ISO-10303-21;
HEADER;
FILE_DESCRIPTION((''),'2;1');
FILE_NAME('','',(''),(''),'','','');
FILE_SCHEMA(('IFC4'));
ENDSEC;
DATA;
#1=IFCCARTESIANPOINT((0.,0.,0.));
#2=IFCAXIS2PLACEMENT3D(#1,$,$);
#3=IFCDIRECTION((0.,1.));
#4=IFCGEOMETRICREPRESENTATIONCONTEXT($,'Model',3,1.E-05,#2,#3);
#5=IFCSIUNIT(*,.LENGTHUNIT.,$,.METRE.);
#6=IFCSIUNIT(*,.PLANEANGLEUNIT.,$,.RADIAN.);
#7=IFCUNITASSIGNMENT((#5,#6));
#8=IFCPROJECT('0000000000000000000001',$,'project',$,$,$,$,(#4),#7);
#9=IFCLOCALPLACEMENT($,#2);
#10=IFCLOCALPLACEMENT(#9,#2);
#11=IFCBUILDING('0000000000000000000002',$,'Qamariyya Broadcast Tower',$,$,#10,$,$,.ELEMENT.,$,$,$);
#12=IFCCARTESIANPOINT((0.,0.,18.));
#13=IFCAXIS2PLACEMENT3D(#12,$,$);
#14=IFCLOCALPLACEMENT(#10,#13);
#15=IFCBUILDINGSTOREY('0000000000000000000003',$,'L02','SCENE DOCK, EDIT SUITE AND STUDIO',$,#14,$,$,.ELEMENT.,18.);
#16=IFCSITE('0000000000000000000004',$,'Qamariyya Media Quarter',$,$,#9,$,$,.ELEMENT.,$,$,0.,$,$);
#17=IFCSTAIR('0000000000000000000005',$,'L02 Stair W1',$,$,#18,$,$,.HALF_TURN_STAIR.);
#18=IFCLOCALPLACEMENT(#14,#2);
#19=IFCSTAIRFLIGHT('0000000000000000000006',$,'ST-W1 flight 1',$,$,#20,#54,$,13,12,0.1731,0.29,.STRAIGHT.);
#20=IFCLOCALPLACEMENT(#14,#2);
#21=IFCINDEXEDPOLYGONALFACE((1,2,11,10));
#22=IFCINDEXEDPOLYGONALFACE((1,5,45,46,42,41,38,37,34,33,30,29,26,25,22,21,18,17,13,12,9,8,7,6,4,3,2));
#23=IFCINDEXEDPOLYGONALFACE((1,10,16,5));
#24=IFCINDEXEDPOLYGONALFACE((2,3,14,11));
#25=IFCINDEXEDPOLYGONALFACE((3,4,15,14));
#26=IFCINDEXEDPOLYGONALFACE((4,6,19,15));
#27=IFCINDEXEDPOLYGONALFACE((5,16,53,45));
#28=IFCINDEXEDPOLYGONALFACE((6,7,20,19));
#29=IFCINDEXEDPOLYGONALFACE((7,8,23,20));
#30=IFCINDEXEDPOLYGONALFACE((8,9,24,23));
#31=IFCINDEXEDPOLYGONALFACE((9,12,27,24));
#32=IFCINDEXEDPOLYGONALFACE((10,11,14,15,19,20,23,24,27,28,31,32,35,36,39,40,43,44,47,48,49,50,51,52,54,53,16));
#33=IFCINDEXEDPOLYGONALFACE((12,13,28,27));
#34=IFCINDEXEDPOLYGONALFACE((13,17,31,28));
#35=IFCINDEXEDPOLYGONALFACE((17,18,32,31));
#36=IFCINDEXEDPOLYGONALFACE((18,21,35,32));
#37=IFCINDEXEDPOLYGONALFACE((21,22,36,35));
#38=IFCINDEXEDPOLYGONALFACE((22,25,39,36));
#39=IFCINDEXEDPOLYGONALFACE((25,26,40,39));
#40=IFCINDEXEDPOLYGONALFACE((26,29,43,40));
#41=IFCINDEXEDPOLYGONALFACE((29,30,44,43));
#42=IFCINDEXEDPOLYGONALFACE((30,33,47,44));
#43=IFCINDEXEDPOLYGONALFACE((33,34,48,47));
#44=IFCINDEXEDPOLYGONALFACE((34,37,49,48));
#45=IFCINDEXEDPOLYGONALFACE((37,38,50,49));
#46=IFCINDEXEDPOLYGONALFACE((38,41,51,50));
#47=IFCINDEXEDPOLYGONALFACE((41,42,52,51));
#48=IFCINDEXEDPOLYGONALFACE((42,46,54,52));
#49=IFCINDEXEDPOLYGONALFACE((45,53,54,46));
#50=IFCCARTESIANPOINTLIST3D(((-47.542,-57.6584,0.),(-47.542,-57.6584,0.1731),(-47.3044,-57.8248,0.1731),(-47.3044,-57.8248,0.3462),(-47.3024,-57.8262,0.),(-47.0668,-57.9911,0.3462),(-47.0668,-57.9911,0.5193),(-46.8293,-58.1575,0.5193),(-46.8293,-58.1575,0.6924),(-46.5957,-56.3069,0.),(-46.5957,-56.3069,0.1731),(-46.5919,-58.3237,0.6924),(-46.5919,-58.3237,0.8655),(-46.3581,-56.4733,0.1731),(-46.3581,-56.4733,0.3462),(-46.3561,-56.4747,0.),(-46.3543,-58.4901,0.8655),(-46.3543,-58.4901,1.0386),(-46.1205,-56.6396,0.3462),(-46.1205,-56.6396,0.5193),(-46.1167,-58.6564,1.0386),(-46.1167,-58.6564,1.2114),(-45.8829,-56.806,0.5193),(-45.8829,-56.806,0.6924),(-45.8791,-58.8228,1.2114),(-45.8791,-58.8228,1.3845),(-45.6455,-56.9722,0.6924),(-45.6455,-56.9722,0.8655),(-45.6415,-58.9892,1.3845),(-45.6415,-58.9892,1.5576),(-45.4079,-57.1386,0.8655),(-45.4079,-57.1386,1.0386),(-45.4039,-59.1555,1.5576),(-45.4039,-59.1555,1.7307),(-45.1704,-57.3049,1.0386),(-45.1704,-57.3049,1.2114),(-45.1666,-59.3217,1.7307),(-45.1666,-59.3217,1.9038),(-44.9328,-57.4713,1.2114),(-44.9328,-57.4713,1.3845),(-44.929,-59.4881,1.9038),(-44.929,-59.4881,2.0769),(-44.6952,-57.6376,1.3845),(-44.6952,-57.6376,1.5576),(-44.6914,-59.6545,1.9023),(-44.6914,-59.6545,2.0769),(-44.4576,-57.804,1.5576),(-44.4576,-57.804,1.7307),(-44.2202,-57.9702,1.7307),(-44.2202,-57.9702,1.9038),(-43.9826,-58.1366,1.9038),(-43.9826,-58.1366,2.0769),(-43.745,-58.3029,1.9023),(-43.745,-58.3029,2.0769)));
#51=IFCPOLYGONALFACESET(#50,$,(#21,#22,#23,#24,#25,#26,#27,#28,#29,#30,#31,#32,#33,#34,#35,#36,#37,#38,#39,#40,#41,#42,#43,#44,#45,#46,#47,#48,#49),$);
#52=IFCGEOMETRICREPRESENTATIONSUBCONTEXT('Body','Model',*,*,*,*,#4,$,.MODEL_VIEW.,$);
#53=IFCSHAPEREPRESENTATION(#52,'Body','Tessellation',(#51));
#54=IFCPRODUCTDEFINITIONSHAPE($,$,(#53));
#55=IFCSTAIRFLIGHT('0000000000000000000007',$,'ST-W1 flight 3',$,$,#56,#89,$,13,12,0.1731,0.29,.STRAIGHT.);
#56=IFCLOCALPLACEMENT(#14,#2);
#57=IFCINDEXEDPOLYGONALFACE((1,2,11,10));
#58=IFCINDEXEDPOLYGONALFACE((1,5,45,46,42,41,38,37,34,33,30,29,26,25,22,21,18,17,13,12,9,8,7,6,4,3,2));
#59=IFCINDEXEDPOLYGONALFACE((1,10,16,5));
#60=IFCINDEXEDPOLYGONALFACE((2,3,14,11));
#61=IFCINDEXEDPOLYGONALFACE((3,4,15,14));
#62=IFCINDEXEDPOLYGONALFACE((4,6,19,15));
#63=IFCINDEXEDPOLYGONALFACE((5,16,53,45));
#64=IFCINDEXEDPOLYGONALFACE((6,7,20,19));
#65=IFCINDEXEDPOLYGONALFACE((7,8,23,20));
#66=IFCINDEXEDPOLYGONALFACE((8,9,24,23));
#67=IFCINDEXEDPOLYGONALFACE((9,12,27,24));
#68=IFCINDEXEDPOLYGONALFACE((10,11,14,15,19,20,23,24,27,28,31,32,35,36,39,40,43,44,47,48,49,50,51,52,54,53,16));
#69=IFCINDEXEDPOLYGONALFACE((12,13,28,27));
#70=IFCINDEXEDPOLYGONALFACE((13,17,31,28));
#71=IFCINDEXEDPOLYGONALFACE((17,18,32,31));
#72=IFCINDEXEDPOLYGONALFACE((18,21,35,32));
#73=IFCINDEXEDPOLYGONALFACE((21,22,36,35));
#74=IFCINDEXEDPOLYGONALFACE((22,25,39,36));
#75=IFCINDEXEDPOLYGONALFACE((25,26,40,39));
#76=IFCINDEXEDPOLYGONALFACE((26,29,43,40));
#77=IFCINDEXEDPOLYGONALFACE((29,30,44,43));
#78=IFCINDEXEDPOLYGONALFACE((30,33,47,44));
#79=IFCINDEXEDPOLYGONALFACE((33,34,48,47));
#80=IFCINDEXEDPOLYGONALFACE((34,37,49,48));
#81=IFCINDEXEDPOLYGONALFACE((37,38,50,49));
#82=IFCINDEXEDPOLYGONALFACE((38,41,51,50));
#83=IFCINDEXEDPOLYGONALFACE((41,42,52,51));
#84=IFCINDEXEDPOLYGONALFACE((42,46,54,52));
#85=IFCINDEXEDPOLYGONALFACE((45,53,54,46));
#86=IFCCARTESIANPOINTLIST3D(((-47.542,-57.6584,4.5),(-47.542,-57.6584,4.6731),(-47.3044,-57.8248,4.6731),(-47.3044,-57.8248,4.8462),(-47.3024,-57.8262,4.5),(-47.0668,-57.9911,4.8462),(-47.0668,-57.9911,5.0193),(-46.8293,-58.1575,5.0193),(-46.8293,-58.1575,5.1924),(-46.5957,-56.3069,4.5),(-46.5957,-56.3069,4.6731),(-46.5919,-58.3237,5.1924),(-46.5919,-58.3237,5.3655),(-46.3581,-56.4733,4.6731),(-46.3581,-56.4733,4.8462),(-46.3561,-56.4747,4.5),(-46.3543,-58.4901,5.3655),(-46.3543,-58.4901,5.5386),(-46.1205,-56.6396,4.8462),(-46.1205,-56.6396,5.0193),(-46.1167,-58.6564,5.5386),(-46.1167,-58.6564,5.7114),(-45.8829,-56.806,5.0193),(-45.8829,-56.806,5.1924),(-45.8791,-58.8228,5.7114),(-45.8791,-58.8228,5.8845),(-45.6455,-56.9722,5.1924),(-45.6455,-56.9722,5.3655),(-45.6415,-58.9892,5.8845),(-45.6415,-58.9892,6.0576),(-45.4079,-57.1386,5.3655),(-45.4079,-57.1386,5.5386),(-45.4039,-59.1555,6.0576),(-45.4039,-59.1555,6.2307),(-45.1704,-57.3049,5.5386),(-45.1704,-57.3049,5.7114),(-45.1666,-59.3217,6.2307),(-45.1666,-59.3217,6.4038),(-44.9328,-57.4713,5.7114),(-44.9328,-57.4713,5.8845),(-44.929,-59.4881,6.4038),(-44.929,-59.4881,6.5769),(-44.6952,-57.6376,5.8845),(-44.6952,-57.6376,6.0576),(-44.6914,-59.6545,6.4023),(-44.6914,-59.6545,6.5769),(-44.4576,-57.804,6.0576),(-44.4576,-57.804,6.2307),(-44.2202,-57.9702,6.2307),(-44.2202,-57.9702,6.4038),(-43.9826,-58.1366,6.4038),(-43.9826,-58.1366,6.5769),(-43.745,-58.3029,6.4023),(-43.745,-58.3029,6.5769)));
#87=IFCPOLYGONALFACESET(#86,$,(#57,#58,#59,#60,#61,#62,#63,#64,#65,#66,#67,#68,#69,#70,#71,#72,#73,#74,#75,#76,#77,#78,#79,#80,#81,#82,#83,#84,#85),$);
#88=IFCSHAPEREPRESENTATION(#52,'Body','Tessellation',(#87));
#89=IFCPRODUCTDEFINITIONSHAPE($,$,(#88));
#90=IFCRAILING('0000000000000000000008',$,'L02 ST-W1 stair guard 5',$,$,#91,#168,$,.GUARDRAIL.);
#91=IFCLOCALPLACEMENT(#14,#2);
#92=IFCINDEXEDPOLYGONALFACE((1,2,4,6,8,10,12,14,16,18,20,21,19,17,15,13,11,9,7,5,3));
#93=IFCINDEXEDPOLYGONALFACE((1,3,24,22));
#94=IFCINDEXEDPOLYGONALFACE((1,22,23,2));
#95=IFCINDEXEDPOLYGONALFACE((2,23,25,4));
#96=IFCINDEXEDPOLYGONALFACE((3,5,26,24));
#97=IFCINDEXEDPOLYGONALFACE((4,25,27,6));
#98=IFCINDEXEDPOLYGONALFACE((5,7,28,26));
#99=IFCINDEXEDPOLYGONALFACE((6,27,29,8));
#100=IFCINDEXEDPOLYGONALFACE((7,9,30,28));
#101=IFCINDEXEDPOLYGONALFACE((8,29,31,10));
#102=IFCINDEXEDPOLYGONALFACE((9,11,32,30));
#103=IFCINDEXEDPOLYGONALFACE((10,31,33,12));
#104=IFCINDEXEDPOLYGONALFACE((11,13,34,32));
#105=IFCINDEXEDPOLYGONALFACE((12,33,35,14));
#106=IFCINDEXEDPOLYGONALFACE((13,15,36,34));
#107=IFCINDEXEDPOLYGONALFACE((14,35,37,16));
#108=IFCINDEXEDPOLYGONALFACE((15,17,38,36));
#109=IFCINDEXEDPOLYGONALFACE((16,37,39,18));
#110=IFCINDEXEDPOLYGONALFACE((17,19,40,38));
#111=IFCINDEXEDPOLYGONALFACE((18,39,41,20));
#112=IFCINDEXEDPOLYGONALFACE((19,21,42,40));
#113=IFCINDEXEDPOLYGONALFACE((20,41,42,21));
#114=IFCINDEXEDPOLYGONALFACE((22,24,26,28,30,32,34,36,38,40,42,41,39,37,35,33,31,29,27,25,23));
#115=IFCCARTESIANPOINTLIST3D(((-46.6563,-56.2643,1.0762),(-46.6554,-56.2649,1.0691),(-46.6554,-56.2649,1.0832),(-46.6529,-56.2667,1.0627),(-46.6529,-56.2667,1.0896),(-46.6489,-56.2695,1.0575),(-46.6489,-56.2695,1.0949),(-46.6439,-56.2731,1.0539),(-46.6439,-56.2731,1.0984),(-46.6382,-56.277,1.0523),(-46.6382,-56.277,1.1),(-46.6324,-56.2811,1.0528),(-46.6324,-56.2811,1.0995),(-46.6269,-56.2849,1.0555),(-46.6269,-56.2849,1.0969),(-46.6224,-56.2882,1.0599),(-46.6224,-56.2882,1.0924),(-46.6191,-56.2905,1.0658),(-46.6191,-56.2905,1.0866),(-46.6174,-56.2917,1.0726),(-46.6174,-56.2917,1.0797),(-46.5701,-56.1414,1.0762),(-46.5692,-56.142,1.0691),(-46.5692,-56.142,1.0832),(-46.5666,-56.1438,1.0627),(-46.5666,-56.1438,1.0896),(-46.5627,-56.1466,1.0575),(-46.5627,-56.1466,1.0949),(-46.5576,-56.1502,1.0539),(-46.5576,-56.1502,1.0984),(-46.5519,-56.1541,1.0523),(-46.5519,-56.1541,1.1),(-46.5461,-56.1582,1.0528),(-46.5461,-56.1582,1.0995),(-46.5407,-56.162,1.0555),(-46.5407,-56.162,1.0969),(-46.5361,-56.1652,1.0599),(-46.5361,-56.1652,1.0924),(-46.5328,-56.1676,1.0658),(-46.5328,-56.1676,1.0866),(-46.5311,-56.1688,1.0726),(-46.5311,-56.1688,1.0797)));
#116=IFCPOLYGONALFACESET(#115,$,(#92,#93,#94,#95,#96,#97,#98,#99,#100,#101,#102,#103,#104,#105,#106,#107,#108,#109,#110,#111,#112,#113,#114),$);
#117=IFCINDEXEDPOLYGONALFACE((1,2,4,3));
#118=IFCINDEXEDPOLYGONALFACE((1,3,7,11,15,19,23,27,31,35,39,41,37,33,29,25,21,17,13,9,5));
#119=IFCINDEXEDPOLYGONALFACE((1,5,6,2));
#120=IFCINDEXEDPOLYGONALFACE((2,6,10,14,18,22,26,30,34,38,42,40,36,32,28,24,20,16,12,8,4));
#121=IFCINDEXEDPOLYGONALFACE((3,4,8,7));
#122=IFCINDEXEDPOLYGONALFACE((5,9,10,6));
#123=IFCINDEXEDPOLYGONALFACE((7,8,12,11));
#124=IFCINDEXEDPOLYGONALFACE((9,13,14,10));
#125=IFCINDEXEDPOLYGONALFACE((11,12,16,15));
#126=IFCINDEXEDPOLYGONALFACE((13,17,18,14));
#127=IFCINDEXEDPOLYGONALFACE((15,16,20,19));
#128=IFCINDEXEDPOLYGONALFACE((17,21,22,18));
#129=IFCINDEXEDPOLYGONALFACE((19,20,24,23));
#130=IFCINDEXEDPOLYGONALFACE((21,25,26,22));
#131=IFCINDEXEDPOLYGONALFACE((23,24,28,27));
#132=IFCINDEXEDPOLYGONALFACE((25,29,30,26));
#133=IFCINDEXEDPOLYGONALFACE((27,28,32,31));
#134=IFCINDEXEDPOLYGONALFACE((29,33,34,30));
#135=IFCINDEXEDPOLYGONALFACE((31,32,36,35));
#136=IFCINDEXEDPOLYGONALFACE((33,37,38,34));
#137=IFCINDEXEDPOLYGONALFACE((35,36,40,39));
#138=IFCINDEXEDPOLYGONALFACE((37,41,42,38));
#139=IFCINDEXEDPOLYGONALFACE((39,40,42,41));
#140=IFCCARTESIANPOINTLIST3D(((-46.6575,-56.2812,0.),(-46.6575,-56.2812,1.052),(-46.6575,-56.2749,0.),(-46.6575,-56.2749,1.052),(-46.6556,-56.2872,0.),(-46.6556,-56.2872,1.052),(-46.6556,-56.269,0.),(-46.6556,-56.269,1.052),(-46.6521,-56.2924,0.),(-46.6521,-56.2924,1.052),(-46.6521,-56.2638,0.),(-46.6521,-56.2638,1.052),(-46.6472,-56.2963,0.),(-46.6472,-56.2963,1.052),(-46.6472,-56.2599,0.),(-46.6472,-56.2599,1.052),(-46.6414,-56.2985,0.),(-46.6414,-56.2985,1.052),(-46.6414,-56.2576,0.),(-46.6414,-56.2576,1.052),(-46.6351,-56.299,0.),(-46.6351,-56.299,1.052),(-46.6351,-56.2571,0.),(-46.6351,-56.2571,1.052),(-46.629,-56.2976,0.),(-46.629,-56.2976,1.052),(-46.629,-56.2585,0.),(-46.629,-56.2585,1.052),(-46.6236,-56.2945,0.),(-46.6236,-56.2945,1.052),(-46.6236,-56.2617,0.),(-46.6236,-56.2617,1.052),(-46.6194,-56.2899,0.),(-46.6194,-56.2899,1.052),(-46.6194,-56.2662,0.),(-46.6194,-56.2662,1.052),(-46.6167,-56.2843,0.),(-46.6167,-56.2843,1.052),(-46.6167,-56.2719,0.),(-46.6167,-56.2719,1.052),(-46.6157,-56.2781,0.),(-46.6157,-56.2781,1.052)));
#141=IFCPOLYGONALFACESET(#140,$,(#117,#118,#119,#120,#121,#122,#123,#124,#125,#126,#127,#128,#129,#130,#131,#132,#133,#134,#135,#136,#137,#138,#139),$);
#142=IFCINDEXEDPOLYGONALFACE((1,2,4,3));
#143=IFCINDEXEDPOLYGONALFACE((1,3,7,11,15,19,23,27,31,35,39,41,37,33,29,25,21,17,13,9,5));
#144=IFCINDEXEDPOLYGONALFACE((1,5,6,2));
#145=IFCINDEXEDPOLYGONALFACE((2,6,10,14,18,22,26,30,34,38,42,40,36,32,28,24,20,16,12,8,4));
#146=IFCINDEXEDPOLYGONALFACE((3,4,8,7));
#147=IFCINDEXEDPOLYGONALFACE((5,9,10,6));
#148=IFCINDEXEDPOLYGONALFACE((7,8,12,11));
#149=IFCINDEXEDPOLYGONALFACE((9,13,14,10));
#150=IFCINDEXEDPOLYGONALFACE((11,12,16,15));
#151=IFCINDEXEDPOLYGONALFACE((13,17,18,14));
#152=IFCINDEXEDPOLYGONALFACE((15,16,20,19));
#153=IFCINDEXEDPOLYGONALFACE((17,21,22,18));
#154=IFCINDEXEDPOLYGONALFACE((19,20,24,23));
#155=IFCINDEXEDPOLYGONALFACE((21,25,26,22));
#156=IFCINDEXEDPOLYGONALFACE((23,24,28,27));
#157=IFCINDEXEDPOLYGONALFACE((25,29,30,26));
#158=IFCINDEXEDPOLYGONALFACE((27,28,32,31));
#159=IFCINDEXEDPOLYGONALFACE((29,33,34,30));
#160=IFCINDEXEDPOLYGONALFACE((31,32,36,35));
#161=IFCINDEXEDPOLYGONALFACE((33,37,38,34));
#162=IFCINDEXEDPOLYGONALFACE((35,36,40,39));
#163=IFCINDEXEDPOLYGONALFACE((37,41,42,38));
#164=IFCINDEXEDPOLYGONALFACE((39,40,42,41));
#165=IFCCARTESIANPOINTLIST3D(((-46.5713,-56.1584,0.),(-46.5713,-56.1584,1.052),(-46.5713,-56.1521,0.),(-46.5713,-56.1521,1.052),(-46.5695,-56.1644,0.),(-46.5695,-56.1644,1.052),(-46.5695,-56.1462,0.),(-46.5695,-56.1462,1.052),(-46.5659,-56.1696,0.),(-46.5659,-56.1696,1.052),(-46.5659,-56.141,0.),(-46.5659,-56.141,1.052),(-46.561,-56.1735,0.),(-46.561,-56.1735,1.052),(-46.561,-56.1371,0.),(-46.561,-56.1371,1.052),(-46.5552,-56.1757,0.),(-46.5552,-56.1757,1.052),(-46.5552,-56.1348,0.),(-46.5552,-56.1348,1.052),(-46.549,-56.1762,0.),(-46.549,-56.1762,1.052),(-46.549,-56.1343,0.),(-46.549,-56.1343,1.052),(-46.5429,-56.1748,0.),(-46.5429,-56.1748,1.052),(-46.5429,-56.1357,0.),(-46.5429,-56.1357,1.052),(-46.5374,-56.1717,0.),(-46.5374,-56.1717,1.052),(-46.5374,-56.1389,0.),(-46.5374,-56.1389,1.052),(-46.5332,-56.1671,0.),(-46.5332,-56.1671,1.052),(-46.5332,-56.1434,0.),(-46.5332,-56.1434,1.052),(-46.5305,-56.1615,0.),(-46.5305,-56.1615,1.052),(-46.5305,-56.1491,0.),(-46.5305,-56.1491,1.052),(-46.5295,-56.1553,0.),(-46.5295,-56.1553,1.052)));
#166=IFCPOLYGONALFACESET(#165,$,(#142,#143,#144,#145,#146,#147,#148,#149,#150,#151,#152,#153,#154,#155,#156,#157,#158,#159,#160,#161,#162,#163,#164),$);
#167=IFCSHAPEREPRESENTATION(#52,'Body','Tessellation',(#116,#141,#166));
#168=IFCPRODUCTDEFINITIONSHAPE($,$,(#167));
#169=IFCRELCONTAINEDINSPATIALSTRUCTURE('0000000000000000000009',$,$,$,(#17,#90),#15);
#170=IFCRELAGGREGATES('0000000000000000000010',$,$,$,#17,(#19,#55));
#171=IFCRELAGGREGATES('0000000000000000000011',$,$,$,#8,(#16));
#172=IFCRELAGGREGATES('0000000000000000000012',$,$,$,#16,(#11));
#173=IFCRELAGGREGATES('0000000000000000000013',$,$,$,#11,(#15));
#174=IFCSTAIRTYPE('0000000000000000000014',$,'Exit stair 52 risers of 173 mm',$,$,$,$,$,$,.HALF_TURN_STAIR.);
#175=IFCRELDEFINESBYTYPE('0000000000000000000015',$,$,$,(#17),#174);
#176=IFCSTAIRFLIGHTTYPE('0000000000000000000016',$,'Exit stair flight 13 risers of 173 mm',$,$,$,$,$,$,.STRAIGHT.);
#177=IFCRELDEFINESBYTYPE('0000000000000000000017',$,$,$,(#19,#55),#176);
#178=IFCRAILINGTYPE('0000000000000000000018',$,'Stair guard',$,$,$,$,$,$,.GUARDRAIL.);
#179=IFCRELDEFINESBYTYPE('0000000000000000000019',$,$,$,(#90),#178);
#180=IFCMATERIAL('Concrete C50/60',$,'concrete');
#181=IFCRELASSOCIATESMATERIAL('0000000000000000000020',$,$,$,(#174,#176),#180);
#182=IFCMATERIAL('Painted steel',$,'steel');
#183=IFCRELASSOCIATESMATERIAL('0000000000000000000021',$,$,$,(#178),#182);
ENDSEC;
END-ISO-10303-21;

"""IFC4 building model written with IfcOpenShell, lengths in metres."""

from ifc_helpers import new_model, si_unit, direction, frame, origin, origin_2d, place, context, subcontext, project, spatial, polyline, circle, outline, extrude, material, type_object, element, aggregate, save


model = new_model("IFC4")

# Units and contexts
model_context = context("Model", 3, precision=1e-05, world=origin(), true_north=direction((0.0, 1.0)))
body_context = subcontext(model_context, "Body", "Model", "MODEL_VIEW")
ifc_project = project(units=[si_unit("LENGTHUNIT", "METRE"), si_unit("PLANEANGLEUNIT", "RADIAN")], contexts=[model_context])

# Site, building, storey
site_placement = place(None, origin())
site = spatial("IfcSite", under=ifc_project, at=site_placement, Name="Qamariyya Media Quarter", CompositionType="ELEMENT", RefElevation=0.0)
building_placement = place(site_placement, origin())
building = spatial("IfcBuilding", under=site, at=building_placement, Name="Qamariyya Broadcast Tower", CompositionType="ELEMENT")
storey_placement = place(building_placement, frame((0.0, 0.0, 18.0)))
storey = spatial("IfcBuildingStorey", under=building, at=storey_placement, Name="L02", Description="SCENE DOCK, EDIT SUITE AND STUDIO", CompositionType="ELEMENT", Elevation=18.0)

# Shared definitions
ifc_material_1 = material(Name="Concrete C50/60", Category="concrete")

# Stair, stair flights
stair_type = type_object("IfcStairType", Name="Exit stair 52 risers of 173 mm", PredefinedType="HALF_TURN_STAIR", material=ifc_material_1)
stair_placement = place(storey_placement, origin())
stair = element("IfcStair", 1, at=stair_placement, inside=storey, type_object=stair_type, Name="L02 Stair W1", PredefinedType="HALF_TURN_STAIR")
stair_flight_type = type_object("IfcStairFlightType", Name="Exit stair flight 13 risers of 173 mm", PredefinedType="STRAIGHT", material=ifc_material_1)
stair_flight_1_placement = place(storey_placement, frame((-47.0688, -56.9827, 0.0), z_axis=(0.0, 0.0, 1.0), x_axis=(0.819152, -0.573576, 0.0)))
stair_flight_1 = element("IfcStairFlight", 2, at=stair_flight_1_placement, type_object=stair_flight_type, Name="ST-W1 flight 1", NumberOfRisers=13, NumberOfTreads=12, PredefinedType="STRAIGHT", RiserHeight=0.1731, TreadLength=0.29, context=body_context, shape_type="SweptSolid", body=[
    extrude(outline(polyline([(0.0, 0.0), (0.0, 0.1731), (0.29, 0.1731), (0.29, 0.3462), (0.5801, 0.3462), (0.5801, 0.5193), (0.8701, 0.5193), (0.8701, 0.6924), (1.1599, 0.6924), (1.1599, 0.8655), (1.45, 0.8655), (1.45, 1.0386), (1.74, 1.0386), (1.74, 1.2114), (2.03, 1.2114), (2.03, 1.3845), (2.3201, 1.3845), (2.3201, 1.5576), (2.6101, 1.5576), (2.6101, 1.7307), (2.8999, 1.7307), (2.8999, 1.9038), (3.1899, 1.9038), (3.1899, 2.0769), (3.48, 2.0769), (3.48, 2.25), (3.48, 1.9023), (0.2925, 0.0), (0.0, 0.0)])), frame((0.0, 0.825, 0.0), z_axis=(0.0, -1.0, 0.0), x_axis=(1.0, 0.0, 0.0)), (0.0, 0.0, 1.0), 1.6499),
])
stair_flight_2_placement = place(storey_placement, frame((-47.0688, -56.9827, 4.5), z_axis=(0.0, 0.0, 1.0), x_axis=(0.819152, -0.573576, 0.0)))
stair_flight_2 = element("IfcStairFlight", 3, at=stair_flight_2_placement, type_object=stair_flight_type, Name="ST-W1 flight 3", NumberOfRisers=13, NumberOfTreads=12, PredefinedType="STRAIGHT", RiserHeight=0.1731, TreadLength=0.29, context=body_context, shape_type="SweptSolid", body=[
    extrude(outline(polyline([(0.0, 0.0), (0.0, 0.1731), (0.29, 0.1731), (0.29, 0.3462), (0.5801, 0.3462), (0.5801, 0.5193), (0.8701, 0.5193), (0.8701, 0.6924), (1.1599, 0.6924), (1.1599, 0.8655), (1.45, 0.8655), (1.45, 1.0386), (1.74, 1.0386), (1.74, 1.2114), (2.03, 1.2114), (2.03, 1.3845), (2.3201, 1.3845), (2.3201, 1.5576), (2.6101, 1.5576), (2.6101, 1.7307), (2.8999, 1.7307), (2.8999, 1.9038), (3.1899, 1.9038), (3.1899, 2.0769), (3.48, 2.0769), (3.48, 2.25), (3.48, 1.9023), (0.2925, 0.0), (0.0, 0.0)])), frame((0.0, 0.825, 0.0), z_axis=(0.0, -1.0, 0.0), x_axis=(1.0, 0.0, 0.0)), (0.0, 0.0, 1.0), 1.6499),
])
aggregate(stair, [stair_flight_1, stair_flight_2])

# Railing
ifc_material_2 = material(Name="Painted steel", Category="steel")
railing_type_1 = type_object("IfcRailingType", Name="Stair guard", PredefinedType="GUARDRAIL", material=ifc_material_2)
railing_1_placement = place(storey_placement, frame((-46.6367, -56.2781, 0.0)))
element("IfcRailing", 4, at=railing_1_placement, inside=storey, type_object=railing_type_1, Name="L02 ST-W1 stair guard 5", PredefinedType="GUARDRAIL", context=body_context, shape_type="SweptSolid", body=[
    extrude(circle(Radius=0.0239, at=origin_2d()), frame((0.0, 0.0, 1.0762), z_axis=(0.574445, 0.818543, 0.0), x_axis=(-0.818543, 0.574445, 0.0)), (0.0, 0.0, 1.0), 0.1501),
    extrude(circle(Radius=0.021, at=origin_2d()), origin(), (0.0, 0.0, 1.0), 1.052),
    extrude(circle(Radius=0.021, at=origin_2d()), frame((0.0862, 0.1228, 0.0)), (0.0, 0.0, 1.0), 1.052),
])

save(model, "model.ifc")
